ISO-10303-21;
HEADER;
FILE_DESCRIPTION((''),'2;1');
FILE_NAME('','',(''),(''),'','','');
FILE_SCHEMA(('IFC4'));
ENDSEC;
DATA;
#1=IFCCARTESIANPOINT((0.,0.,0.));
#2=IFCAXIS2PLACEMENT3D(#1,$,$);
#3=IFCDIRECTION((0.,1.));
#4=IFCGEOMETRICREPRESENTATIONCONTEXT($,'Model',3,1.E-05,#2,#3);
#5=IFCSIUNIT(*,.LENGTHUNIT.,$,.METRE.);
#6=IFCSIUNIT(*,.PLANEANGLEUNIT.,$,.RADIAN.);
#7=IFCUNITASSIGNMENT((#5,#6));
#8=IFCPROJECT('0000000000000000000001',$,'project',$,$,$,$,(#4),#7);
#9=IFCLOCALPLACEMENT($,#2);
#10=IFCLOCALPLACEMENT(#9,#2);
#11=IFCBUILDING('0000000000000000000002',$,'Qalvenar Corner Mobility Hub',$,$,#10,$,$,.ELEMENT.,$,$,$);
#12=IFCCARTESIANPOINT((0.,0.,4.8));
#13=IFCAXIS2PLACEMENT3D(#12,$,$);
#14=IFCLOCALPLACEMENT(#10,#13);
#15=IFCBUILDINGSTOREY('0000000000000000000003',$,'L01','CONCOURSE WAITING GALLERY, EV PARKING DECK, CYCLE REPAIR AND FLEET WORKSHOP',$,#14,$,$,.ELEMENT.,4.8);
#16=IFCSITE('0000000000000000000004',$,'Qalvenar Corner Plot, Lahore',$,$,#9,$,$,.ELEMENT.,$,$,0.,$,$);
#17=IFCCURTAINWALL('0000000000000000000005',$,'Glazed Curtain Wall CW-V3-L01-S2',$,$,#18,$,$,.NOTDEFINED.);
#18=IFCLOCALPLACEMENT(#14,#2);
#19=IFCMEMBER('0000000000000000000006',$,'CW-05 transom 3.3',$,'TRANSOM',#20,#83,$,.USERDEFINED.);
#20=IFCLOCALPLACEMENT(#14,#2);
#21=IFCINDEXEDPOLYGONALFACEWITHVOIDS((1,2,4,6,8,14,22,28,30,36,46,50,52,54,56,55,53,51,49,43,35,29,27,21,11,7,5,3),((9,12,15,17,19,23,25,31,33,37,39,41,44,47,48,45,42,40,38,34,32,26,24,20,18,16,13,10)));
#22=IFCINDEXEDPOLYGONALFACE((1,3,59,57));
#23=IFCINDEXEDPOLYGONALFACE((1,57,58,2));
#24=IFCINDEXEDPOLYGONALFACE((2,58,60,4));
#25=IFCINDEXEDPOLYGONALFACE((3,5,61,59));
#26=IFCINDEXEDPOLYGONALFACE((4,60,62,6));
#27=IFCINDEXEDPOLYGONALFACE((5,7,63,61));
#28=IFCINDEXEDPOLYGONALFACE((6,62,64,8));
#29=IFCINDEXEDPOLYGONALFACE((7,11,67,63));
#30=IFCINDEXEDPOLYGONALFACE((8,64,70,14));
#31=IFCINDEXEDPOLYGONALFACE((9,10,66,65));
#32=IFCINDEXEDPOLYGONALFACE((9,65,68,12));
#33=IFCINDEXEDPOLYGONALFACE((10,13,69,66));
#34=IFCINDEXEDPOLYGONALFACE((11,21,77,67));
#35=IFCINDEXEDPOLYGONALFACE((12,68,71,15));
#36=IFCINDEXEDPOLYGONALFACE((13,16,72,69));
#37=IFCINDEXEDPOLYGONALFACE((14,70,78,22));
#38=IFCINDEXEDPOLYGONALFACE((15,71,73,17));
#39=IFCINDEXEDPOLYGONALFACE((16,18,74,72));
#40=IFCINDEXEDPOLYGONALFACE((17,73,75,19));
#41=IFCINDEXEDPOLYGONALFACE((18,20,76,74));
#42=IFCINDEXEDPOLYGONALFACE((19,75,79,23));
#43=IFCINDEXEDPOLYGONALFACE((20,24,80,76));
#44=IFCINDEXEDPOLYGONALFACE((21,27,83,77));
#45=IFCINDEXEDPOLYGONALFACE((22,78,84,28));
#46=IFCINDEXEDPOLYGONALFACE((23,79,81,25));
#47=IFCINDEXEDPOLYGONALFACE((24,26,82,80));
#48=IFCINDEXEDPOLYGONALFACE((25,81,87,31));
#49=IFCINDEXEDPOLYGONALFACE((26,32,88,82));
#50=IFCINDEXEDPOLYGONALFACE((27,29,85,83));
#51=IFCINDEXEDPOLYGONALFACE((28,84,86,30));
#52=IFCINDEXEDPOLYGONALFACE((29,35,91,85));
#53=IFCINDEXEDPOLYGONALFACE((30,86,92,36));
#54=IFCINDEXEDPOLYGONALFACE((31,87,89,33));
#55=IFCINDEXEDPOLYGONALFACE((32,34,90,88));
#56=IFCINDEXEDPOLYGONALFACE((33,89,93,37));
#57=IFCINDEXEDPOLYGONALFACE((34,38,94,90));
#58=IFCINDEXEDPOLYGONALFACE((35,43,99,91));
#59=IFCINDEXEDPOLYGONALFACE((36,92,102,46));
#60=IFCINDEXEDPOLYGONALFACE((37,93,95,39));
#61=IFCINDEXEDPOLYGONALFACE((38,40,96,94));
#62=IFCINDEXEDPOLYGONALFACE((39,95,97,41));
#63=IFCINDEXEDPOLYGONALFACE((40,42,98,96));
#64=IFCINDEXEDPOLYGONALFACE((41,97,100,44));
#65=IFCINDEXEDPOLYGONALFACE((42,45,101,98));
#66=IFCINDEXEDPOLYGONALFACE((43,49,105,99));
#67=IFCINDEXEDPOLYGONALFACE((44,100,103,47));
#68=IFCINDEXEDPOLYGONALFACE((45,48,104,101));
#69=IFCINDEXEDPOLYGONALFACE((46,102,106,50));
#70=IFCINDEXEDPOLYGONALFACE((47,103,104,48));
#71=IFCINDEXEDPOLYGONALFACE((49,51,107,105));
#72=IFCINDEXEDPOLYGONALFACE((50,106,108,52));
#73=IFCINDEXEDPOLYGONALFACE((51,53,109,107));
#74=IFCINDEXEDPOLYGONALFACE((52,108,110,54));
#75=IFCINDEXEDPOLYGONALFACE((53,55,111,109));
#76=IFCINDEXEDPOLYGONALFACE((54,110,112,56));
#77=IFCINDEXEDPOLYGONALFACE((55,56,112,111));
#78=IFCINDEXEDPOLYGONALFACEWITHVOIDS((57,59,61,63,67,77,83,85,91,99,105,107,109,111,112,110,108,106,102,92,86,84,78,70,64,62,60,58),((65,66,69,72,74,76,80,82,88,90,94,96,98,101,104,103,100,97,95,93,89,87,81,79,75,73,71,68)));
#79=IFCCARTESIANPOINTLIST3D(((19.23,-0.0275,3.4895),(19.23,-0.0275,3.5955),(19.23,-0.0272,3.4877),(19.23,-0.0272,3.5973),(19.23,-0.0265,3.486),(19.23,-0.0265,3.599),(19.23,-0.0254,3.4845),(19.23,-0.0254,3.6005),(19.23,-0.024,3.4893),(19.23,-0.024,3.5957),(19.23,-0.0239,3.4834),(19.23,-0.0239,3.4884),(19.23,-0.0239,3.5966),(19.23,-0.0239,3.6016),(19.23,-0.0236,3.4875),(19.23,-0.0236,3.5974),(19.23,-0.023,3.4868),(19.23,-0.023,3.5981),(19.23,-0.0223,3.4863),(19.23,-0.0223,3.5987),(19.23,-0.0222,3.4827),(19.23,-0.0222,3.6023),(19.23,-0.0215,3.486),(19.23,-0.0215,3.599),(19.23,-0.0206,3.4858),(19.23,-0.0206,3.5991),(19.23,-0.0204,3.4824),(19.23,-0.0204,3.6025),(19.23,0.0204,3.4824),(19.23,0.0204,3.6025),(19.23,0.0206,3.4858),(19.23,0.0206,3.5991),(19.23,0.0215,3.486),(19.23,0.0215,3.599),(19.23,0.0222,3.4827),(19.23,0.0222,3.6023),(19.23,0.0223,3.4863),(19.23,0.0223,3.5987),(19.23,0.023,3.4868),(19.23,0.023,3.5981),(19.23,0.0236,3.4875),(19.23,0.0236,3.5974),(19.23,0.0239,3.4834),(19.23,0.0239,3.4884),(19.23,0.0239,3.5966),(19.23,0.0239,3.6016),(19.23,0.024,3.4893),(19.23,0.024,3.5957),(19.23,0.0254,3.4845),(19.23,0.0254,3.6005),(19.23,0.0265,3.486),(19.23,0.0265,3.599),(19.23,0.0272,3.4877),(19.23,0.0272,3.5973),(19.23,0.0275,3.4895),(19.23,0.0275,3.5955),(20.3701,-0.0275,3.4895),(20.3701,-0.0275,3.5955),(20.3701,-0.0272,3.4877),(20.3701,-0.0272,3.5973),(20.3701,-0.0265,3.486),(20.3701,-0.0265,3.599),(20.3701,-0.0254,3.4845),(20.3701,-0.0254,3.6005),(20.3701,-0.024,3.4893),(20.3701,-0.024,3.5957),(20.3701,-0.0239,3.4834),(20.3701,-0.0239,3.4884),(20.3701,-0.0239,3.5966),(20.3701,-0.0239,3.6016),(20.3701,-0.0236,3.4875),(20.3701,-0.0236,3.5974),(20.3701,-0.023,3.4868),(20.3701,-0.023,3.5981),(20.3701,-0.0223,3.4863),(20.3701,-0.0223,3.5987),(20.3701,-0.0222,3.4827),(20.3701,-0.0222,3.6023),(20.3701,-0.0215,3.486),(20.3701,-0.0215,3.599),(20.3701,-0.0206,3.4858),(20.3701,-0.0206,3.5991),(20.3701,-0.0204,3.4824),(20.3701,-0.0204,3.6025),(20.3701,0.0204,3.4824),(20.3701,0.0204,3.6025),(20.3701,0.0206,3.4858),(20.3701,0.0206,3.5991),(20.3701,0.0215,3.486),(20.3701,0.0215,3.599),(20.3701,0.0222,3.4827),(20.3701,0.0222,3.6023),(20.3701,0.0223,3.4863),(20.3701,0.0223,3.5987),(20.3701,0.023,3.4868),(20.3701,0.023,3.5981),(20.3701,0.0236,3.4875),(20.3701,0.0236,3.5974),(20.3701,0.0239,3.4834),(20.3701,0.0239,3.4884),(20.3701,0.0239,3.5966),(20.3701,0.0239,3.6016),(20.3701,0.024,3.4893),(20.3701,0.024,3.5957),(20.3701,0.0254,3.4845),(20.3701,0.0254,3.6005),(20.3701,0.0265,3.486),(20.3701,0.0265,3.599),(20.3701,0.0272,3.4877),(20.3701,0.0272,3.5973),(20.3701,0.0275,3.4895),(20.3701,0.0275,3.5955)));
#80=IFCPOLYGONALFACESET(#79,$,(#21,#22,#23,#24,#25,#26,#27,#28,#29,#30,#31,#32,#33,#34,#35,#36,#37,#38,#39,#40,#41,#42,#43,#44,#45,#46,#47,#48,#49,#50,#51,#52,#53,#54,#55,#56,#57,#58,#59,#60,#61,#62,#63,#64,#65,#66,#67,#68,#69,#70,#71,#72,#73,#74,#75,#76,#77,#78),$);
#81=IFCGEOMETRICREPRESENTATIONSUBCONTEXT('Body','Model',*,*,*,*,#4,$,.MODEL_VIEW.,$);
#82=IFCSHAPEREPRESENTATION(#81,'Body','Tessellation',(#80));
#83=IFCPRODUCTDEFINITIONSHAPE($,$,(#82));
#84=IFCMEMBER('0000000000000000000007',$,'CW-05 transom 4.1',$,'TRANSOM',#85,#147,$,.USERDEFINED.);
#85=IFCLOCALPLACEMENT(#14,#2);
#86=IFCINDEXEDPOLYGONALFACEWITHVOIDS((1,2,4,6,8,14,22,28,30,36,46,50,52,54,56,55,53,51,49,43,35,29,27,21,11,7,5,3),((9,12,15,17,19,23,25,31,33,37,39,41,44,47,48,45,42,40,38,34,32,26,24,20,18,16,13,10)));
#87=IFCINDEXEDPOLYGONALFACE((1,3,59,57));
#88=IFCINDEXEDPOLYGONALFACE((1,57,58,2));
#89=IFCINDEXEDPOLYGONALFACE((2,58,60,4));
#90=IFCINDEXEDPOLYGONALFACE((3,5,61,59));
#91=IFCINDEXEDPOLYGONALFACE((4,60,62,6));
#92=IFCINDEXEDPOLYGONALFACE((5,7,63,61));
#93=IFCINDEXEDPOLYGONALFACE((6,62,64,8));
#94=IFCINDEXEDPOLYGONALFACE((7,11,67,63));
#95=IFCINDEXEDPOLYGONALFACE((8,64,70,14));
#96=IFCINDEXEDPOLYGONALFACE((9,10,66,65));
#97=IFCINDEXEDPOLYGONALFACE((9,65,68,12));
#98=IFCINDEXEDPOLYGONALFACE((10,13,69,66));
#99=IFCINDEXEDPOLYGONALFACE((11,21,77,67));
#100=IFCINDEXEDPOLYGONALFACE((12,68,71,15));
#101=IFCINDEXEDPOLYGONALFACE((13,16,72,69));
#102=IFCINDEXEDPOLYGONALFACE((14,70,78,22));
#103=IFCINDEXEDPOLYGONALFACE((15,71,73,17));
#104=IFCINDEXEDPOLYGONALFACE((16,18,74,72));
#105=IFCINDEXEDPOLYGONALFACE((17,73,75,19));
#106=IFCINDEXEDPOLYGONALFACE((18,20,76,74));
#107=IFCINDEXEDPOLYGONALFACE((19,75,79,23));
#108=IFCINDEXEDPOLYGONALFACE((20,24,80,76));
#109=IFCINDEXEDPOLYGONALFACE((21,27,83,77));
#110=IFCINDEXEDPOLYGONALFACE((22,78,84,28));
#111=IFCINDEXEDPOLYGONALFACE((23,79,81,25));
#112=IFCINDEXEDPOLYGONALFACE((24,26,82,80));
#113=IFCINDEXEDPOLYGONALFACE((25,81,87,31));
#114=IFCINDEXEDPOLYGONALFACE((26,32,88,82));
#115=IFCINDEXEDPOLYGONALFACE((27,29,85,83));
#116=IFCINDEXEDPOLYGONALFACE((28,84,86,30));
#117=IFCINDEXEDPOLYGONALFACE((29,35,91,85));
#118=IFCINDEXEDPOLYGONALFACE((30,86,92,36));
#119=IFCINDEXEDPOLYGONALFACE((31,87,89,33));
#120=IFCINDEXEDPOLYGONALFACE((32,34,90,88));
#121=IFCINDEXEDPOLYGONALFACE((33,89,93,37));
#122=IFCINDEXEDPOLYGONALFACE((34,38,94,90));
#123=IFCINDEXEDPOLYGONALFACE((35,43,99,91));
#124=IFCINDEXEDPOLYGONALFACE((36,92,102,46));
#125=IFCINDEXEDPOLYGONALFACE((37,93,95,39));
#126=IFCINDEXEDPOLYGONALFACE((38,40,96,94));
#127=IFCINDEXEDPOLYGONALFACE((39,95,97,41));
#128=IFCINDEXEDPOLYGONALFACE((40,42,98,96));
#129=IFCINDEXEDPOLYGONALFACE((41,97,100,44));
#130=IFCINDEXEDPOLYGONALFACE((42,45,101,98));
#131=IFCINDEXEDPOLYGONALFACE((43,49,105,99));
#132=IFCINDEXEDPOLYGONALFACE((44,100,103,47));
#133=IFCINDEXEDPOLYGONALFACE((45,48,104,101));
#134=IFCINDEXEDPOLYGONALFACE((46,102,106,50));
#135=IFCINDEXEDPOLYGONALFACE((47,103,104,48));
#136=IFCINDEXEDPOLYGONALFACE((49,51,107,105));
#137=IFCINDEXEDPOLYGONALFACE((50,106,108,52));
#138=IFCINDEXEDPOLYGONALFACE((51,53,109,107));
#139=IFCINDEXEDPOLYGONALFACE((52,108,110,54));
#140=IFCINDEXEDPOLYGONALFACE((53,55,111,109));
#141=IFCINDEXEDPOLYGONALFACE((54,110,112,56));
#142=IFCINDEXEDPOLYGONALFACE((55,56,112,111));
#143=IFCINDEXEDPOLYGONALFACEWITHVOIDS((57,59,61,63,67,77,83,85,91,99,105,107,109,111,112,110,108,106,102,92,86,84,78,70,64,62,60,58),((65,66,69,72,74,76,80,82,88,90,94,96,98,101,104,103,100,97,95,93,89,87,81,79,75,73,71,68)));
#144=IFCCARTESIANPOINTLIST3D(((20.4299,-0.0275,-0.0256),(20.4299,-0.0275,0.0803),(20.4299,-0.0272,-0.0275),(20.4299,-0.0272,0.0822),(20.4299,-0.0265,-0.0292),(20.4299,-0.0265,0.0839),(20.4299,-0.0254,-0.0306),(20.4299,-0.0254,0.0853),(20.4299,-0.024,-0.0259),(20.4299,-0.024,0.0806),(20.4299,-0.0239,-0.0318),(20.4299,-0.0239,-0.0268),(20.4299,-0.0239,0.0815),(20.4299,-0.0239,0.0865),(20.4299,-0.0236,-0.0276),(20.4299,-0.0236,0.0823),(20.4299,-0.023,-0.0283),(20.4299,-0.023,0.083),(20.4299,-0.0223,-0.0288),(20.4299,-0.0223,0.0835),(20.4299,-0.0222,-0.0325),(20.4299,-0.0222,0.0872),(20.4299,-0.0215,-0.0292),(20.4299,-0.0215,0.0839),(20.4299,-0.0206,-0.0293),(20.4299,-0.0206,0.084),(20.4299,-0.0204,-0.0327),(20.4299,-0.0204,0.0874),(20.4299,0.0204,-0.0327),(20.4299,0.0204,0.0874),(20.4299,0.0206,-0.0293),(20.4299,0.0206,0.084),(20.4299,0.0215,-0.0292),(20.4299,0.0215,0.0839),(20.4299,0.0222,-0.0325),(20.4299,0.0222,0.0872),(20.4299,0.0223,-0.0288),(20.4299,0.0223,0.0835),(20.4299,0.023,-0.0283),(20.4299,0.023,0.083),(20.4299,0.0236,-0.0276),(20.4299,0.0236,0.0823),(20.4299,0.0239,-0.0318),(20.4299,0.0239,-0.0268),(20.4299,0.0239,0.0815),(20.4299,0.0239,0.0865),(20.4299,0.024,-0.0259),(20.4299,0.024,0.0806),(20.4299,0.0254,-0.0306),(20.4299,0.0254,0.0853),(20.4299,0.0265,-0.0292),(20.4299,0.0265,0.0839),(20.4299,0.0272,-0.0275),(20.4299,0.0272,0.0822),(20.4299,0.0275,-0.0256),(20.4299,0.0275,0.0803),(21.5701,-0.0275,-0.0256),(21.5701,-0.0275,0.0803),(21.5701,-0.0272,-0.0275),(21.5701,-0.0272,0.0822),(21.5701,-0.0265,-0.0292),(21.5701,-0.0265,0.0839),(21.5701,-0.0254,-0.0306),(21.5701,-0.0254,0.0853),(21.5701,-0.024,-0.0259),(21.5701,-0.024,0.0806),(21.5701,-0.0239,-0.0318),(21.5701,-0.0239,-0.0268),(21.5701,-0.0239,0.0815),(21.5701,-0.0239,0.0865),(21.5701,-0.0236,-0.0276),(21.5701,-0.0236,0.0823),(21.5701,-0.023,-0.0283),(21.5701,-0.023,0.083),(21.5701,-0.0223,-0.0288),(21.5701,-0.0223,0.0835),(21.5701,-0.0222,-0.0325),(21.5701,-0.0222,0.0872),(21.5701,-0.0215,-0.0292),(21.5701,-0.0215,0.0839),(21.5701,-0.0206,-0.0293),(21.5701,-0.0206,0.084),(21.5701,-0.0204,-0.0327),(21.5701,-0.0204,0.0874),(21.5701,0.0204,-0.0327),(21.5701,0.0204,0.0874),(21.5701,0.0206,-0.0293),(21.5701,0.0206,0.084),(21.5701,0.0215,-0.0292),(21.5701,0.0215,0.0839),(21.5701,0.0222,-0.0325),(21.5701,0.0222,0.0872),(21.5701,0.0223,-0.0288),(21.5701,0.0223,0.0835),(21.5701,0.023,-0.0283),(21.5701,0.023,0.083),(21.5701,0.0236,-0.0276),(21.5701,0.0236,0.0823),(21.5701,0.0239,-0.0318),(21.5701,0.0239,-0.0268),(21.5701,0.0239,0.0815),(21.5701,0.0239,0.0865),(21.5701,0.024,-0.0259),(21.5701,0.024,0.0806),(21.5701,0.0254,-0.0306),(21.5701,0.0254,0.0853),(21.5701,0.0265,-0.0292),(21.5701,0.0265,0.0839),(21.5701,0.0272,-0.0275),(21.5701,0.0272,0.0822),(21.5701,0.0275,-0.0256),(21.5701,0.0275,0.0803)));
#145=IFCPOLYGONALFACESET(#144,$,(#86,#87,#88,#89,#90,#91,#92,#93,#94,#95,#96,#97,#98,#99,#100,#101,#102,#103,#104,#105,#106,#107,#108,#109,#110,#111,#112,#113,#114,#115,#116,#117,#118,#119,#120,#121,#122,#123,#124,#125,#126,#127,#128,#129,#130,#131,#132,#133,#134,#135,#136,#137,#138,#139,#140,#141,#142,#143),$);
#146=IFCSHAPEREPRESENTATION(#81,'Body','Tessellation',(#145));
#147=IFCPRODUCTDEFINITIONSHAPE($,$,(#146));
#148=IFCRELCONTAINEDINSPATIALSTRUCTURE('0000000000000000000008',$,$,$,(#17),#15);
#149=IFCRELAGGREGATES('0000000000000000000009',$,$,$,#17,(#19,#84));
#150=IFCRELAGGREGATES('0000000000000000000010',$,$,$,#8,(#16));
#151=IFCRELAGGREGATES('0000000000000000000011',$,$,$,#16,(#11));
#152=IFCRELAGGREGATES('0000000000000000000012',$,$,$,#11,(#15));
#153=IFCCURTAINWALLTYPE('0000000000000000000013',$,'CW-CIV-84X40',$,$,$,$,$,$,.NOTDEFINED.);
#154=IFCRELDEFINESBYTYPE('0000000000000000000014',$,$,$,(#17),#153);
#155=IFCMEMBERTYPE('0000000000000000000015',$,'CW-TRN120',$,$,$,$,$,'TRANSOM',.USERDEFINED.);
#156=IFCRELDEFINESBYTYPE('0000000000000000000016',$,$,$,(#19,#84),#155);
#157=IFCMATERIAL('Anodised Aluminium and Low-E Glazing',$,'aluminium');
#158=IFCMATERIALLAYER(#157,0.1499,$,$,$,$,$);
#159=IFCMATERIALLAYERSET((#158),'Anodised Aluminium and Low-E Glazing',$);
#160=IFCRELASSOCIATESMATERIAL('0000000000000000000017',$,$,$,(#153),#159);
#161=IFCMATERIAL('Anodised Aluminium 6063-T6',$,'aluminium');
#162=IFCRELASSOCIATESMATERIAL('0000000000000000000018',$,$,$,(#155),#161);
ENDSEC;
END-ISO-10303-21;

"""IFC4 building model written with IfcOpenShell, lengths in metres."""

from ifc_helpers import new_model, si_unit, direction, frame, origin, origin_2d, place, context, subcontext, project, spatial, hollow_rectangle, extrude, material, layer, layer_set, material_profile, profile_set, type_object, element, aggregate, save


model = new_model("IFC4")

# Units and contexts
model_context = context("Model", 3, precision=1e-05, world=origin(), true_north=direction((0.0, 1.0)))
body_context = subcontext(model_context, "Body", "Model", "MODEL_VIEW")
ifc_project = project(units=[si_unit("LENGTHUNIT", "METRE"), si_unit("PLANEANGLEUNIT", "RADIAN")], contexts=[model_context])

# Site, building, storey
site_placement = place(None, origin())
site = spatial("IfcSite", under=ifc_project, at=site_placement, Name="Qalvenar Corner Plot, Lahore", CompositionType="ELEMENT", RefElevation=0.0)
building_placement = place(site_placement, origin())
building = spatial("IfcBuilding", under=site, at=building_placement, Name="Qalvenar Corner Mobility Hub", CompositionType="ELEMENT")
storey_placement = place(building_placement, frame((0.0, 0.0, 4.8)))
storey = spatial("IfcBuildingStorey", under=building, at=storey_placement, Name="L01", Description="CONCOURSE WAITING GALLERY, EV PARKING DECK, CYCLE REPAIR AND FLEET WORKSHOP", CompositionType="ELEMENT", Elevation=4.8)

# Curtain wall, members
ifc_material_1 = material(Name="Anodised Aluminium and Low-E Glazing", Category="aluminium")
ifc_layer_1 = layer(ifc_material_1, 0.1499)
ifc_layer_set_1 = layer_set([ifc_layer_1], Name="Anodised Aluminium and Low-E Glazing")
curtain_wall_type = type_object("IfcCurtainWallType", Name="CW-CIV-84X40", PredefinedType="NOTDEFINED", material=ifc_layer_set_1)
curtain_wall_placement = place(storey_placement, origin())
curtain_wall = element("IfcCurtainWall", 1, at=curtain_wall_placement, inside=storey, type_object=curtain_wall_type, Name="Glazed Curtain Wall CW-V3-L01-S2", PredefinedType="NOTDEFINED")
ifc_material_2 = material(Name="Anodised Aluminium 6063-T6", Category="aluminium")
ifc_material_profile_1 = material_profile(ifc_material_2, hollow_rectangle(XDim=0.0549, YDim=0.1201, WallThickness=0.0034, InnerFilletRadius=0.0034, OuterFilletRadius=0.0071, at=origin_2d()), Name="RHS120x55x3.5")
ifc_profile_set_1 = profile_set([ifc_material_profile_1], Name="Anodised Aluminium 6063-T6")
member_type_1 = type_object("IfcMemberType", Name="CW-TRN120", ElementType="TRANSOM", PredefinedType="USERDEFINED", material=ifc_profile_set_1)
member_1_placement = place(storey_placement, frame((19.23, 0.0, 3.5425), z_axis=(1.0, 0.0, 0.0), x_axis=(0.0, 1.0, 0.0)))
member_1 = element("IfcMember", 2, at=member_1_placement, type_object=member_type_1, Name="CW-05 transom 3.3", ObjectType="TRANSOM", PredefinedType="USERDEFINED", context=body_context, shape_type="SweptSolid", body=[
    extrude(hollow_rectangle(XDim=0.0549, YDim=0.1201, WallThickness=0.0034, InnerFilletRadius=0.0034, OuterFilletRadius=0.0071, at=origin_2d()), origin(), (0.0, 0.0, 1.0), 1.1401),
])
member_2_placement = place(storey_placement, frame((20.4299, 0.0, 0.0273), z_axis=(1.0, 0.0, 0.0), x_axis=(0.0, 1.0, 0.0)))
member_2 = element("IfcMember", 3, at=member_2_placement, type_object=member_type_1, Name="CW-05 transom 4.1", ObjectType="TRANSOM", PredefinedType="USERDEFINED", context=body_context, shape_type="SweptSolid", body=[
    extrude(hollow_rectangle(XDim=0.0549, YDim=0.1201, WallThickness=0.0034, InnerFilletRadius=0.0034, OuterFilletRadius=0.0071, at=origin_2d()), origin(), (0.0, 0.0, 1.0), 1.1401),
])
aggregate(curtain_wall, [member_1, member_2])

save(model, "model.ifc")
